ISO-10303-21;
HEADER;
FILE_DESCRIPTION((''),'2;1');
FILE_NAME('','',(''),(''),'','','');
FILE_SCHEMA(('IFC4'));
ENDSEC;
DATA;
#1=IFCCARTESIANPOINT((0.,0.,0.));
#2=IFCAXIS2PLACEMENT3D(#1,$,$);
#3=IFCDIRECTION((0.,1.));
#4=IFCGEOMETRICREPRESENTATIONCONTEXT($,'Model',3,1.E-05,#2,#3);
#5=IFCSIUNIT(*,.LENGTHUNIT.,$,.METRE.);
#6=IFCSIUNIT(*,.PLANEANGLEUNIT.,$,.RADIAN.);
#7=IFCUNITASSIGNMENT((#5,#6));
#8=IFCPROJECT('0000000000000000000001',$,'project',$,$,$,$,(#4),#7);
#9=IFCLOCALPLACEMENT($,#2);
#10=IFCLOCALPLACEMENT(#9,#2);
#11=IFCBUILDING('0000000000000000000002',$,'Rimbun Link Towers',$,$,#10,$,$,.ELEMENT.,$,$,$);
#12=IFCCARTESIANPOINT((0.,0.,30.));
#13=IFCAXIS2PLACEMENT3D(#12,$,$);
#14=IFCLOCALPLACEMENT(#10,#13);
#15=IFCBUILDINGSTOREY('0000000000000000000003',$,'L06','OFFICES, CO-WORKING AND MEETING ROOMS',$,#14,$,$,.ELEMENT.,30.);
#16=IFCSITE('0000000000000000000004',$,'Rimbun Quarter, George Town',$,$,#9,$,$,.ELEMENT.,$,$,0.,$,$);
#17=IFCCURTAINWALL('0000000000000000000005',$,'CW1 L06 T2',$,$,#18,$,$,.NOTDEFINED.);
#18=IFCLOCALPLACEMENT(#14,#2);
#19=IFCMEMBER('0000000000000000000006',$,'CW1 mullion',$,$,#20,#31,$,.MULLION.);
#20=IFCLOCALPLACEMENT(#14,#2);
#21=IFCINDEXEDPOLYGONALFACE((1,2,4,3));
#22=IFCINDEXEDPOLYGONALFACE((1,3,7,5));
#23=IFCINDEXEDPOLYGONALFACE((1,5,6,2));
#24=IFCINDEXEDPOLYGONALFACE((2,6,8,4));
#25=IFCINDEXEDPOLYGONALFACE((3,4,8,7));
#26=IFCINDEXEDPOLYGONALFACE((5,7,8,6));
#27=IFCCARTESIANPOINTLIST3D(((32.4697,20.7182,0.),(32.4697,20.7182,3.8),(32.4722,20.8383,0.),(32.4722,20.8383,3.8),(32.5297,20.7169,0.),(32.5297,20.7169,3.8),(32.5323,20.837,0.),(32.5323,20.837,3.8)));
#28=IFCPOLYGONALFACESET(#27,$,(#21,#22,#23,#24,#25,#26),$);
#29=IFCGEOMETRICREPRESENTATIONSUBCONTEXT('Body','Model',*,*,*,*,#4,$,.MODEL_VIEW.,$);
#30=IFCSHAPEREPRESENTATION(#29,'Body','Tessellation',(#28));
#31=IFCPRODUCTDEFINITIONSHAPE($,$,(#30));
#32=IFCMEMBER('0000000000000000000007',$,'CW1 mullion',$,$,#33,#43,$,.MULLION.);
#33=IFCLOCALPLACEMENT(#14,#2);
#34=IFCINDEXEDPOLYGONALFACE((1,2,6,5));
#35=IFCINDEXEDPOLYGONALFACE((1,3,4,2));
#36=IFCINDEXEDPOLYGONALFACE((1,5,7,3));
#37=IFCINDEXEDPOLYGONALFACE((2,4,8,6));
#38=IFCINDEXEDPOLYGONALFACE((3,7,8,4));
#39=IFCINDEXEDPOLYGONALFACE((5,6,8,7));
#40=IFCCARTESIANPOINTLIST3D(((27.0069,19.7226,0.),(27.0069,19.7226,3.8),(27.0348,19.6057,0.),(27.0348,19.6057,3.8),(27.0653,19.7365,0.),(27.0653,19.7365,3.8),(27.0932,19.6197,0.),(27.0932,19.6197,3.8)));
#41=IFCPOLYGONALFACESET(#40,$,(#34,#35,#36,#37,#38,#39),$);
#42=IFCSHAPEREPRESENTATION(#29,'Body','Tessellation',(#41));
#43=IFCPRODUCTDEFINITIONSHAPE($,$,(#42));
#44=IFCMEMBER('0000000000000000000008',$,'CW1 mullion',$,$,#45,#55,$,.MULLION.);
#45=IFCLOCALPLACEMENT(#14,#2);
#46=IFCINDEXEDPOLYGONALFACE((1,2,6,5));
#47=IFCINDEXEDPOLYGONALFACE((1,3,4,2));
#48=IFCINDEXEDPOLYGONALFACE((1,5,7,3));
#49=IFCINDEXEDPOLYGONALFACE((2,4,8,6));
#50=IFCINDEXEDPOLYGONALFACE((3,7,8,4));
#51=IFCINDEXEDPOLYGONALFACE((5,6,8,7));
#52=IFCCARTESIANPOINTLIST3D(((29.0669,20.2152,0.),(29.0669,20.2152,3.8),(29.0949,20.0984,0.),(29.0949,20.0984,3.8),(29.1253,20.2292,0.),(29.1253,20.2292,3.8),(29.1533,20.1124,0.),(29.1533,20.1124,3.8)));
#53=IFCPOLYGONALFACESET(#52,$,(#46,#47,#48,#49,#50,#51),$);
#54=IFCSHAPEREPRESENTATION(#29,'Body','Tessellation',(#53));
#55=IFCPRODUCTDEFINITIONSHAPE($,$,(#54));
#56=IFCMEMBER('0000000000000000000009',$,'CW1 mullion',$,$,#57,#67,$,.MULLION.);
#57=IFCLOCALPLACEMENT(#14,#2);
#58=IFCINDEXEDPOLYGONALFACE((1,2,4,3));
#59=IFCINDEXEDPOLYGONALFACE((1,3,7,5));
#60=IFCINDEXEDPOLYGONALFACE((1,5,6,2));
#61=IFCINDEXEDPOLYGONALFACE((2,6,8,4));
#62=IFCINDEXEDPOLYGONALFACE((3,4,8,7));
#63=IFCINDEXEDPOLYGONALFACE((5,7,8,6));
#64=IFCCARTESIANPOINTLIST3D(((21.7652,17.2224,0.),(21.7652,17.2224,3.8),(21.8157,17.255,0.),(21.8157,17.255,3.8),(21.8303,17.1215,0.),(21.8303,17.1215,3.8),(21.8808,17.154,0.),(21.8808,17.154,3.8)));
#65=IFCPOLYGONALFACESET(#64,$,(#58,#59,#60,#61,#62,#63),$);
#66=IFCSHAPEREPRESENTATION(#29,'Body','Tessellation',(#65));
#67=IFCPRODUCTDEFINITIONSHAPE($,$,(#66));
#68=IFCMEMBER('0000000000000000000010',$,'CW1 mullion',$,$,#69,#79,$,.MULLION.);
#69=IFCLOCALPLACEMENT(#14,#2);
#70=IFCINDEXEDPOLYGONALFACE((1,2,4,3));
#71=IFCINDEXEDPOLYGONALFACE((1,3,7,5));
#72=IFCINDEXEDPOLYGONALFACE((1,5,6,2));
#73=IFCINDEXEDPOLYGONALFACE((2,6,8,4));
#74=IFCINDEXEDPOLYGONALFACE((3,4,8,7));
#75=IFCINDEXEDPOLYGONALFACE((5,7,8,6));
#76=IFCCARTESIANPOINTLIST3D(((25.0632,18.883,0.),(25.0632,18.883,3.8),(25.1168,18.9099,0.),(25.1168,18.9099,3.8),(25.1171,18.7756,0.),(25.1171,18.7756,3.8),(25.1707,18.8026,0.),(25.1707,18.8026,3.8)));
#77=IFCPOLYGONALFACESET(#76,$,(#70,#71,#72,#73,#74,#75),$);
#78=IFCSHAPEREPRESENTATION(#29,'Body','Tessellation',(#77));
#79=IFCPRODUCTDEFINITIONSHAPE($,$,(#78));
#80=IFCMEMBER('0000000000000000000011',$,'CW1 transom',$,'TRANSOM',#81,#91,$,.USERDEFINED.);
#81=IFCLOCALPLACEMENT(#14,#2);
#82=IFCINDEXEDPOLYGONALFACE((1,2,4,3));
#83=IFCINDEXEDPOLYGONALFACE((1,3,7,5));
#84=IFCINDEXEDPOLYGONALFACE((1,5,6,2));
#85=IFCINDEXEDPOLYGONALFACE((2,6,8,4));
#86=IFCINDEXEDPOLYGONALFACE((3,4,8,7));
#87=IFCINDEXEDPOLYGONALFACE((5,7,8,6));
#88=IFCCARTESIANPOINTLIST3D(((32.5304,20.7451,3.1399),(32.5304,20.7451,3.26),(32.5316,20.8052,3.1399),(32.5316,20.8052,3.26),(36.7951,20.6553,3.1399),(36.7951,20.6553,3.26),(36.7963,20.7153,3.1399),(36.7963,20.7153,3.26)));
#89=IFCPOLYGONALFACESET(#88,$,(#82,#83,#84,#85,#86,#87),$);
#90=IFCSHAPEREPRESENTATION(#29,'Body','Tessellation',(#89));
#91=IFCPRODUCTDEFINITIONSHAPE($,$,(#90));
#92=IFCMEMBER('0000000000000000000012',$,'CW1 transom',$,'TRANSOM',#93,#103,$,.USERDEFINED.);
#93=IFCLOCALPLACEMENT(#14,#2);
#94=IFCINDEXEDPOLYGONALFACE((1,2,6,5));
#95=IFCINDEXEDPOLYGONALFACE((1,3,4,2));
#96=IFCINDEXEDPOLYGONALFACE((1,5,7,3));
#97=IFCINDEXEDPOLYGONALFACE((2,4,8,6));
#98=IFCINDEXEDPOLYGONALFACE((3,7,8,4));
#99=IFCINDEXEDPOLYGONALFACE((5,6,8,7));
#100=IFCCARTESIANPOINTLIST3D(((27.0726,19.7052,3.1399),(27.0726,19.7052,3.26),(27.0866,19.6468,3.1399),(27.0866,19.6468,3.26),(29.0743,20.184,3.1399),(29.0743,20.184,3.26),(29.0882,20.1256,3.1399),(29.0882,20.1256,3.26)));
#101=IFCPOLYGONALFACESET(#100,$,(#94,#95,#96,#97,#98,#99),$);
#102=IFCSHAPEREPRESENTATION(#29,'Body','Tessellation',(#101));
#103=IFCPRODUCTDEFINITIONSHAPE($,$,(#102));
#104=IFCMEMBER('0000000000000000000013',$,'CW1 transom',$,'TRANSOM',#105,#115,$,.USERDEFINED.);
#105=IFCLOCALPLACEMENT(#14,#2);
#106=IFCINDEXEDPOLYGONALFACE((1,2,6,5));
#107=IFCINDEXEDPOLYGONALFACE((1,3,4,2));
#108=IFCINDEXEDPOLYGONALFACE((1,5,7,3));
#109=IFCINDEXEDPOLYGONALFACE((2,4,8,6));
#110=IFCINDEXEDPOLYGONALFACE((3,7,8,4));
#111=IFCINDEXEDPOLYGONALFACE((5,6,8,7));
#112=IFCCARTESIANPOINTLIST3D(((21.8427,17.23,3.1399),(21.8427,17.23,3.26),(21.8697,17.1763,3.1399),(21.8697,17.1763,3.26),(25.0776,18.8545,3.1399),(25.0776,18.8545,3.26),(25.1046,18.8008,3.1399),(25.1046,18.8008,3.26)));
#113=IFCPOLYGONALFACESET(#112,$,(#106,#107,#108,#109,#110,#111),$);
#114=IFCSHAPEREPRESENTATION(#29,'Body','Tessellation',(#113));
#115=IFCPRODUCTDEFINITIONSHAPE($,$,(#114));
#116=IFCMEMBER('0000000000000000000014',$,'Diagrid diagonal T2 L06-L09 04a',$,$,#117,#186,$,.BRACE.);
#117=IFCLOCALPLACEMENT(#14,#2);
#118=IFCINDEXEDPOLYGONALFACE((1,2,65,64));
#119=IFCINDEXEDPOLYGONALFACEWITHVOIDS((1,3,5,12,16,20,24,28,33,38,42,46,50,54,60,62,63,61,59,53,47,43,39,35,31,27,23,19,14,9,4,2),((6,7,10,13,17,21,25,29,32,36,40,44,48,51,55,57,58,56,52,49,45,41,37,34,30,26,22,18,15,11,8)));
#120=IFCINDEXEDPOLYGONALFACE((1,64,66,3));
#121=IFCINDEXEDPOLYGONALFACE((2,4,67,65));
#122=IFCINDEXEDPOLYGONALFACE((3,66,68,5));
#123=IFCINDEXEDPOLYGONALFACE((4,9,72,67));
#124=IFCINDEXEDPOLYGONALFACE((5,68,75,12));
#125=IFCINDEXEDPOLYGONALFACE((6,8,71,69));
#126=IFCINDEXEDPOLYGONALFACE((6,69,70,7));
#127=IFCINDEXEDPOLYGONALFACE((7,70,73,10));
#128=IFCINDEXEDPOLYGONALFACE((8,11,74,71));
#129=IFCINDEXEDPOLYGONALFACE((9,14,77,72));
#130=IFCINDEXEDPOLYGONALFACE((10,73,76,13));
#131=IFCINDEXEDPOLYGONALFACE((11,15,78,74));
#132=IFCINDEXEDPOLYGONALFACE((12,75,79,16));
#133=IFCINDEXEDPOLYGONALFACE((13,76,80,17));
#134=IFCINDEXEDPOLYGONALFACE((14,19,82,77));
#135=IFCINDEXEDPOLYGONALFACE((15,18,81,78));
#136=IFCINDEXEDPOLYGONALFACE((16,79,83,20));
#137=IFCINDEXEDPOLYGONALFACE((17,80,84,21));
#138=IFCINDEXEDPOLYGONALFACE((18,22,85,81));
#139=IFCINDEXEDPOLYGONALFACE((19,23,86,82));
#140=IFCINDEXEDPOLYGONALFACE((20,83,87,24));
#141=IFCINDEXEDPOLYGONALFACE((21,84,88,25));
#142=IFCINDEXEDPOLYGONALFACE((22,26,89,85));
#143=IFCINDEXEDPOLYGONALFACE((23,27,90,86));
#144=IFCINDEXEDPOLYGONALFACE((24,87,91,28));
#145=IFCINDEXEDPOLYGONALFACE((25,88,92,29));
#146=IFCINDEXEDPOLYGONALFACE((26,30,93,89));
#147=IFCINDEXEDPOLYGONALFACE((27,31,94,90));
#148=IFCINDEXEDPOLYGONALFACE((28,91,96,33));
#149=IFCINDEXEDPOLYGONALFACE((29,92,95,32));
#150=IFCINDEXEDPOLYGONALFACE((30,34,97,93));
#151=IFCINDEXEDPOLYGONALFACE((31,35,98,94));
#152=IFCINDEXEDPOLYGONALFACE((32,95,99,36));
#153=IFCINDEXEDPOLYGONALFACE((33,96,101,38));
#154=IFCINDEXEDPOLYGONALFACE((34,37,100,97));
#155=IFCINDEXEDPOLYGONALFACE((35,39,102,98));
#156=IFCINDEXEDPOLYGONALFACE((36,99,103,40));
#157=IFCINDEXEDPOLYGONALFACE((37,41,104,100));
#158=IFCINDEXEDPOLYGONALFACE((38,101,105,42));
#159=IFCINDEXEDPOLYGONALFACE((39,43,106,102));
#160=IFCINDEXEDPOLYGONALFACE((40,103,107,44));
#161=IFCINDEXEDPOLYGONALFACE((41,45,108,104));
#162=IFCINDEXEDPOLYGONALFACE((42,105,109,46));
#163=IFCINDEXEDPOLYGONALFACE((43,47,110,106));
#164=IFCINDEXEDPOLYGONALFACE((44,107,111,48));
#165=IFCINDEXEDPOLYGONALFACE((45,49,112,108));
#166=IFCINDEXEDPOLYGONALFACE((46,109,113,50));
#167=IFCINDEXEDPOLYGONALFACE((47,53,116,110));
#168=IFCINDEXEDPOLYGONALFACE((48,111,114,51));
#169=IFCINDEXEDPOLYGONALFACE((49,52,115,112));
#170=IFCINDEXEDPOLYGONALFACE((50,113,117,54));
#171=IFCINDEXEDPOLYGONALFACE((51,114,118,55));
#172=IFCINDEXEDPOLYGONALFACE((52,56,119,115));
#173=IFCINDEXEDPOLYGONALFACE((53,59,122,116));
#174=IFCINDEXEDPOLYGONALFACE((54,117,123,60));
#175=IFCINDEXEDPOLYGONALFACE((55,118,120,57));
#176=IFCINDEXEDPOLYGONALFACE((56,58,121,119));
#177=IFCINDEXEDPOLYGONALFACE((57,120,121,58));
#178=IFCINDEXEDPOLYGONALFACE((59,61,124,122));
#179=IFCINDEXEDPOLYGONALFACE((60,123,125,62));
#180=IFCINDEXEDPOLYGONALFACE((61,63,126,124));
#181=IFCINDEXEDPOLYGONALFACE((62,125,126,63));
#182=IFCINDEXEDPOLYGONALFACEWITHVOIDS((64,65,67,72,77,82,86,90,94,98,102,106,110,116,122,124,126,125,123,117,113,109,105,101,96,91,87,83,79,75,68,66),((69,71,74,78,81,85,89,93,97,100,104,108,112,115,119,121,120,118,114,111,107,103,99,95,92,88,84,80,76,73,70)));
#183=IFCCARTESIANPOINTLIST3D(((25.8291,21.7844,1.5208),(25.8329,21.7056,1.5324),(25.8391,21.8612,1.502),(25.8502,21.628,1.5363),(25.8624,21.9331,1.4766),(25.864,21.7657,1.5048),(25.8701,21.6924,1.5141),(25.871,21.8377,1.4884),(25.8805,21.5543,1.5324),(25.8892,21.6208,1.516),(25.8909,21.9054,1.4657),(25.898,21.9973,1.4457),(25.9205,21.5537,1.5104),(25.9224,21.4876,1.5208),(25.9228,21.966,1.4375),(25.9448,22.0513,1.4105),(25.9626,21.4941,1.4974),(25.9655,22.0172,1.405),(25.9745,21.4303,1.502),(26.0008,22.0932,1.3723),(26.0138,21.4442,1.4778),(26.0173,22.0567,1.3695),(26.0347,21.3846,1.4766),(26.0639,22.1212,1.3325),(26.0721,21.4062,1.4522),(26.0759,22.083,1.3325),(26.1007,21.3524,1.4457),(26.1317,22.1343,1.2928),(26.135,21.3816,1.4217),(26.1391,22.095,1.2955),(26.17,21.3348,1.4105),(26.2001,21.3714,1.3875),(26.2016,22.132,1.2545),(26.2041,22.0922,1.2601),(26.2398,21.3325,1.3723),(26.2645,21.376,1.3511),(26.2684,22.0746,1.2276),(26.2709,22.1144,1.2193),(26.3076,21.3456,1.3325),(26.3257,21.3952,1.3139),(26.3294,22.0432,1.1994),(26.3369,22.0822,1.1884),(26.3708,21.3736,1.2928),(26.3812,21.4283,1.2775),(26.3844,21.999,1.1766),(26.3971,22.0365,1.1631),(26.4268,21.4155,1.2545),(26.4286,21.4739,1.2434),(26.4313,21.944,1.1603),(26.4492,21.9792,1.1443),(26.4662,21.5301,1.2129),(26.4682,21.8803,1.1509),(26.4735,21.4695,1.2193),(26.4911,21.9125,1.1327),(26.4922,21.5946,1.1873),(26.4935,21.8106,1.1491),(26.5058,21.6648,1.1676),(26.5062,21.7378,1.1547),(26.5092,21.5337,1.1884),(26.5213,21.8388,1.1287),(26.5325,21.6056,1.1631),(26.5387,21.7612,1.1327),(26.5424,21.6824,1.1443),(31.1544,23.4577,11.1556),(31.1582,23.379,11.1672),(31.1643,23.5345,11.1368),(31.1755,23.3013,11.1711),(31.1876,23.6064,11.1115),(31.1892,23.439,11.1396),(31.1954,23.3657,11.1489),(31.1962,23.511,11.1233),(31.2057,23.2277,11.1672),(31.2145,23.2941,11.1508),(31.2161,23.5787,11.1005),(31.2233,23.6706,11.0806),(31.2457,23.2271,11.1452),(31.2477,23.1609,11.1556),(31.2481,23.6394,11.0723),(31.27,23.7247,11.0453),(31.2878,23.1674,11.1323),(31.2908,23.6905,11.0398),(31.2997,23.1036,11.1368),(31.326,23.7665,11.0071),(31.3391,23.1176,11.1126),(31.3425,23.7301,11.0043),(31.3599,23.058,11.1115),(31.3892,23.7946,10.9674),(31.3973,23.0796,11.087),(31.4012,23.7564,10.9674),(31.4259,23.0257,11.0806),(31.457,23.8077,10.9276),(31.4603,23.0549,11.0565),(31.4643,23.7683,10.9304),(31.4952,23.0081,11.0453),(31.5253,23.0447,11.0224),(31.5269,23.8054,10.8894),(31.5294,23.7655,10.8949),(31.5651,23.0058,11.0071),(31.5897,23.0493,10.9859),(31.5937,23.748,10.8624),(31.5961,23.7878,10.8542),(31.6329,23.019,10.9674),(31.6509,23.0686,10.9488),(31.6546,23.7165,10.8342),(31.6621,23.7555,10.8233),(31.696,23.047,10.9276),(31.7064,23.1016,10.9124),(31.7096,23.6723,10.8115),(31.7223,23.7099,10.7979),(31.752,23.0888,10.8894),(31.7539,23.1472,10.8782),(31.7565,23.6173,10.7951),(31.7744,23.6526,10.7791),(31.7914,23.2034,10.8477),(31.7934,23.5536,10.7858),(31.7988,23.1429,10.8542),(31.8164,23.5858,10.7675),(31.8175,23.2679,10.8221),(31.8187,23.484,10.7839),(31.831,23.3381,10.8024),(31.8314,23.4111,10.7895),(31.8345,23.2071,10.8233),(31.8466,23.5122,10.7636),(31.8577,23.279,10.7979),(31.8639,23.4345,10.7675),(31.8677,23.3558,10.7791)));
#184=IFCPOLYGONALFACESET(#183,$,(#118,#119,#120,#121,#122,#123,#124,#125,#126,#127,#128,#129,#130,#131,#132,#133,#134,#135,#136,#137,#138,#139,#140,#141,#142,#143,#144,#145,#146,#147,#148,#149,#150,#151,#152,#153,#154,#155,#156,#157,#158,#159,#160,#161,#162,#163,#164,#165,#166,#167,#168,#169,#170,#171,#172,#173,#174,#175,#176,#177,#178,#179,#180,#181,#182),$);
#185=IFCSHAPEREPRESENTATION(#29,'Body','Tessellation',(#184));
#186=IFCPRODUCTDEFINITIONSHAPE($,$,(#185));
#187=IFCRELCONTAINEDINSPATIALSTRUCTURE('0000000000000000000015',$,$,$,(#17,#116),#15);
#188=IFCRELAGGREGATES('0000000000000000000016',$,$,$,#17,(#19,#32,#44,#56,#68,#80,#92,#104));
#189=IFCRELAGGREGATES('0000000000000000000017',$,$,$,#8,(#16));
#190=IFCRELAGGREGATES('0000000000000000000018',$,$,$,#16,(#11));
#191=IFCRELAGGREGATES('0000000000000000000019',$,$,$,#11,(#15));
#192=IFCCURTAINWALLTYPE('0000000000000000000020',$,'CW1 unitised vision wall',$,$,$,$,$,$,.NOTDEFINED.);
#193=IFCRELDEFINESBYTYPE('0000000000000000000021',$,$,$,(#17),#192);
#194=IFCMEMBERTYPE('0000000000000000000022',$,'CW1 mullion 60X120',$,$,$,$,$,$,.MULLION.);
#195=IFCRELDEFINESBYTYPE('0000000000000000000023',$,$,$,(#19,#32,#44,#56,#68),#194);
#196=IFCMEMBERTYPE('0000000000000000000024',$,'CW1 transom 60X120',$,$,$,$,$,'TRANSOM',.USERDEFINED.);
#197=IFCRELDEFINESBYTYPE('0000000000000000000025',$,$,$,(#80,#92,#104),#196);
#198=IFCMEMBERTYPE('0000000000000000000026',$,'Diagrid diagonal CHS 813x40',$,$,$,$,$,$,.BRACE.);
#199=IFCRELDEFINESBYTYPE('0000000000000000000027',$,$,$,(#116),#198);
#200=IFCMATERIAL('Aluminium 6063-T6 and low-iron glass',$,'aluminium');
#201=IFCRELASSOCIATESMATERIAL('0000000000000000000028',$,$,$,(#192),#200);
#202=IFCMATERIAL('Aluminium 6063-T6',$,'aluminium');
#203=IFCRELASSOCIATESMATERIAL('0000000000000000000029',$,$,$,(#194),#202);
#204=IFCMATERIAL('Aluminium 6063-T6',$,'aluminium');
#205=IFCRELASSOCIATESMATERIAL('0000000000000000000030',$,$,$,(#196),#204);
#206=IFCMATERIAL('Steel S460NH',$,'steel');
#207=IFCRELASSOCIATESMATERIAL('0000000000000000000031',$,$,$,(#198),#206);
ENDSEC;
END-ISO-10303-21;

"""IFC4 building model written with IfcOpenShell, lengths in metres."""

from ifc_helpers import new_model, si_unit, direction, frame, origin, origin_2d, place, context, subcontext, project, spatial, rectangle, hollow_circle, extrude, material, material_profile, profile_set, type_object, element, aggregate, save


model = new_model("IFC4")

# Units and contexts
model_context = context("Model", 3, precision=1e-05, world=origin(), true_north=direction((0.0, 1.0)))
body_context = subcontext(model_context, "Body", "Model", "MODEL_VIEW")
ifc_project = project(units=[si_unit("LENGTHUNIT", "METRE"), si_unit("PLANEANGLEUNIT", "RADIAN")], contexts=[model_context])

# Site, building, storey
site_placement = place(None, origin())
site = spatial("IfcSite", under=ifc_project, at=site_placement, Name="Rimbun Quarter, George Town", CompositionType="ELEMENT", RefElevation=0.0)
building_placement = place(site_placement, origin())
building = spatial("IfcBuilding", under=site, at=building_placement, Name="Rimbun Link Towers", CompositionType="ELEMENT")
storey_placement = place(building_placement, frame((0.0, 0.0, 30.0)))
storey = spatial("IfcBuildingStorey", under=building, at=storey_placement, Name="L06", Description="OFFICES, CO-WORKING AND MEETING ROOMS", CompositionType="ELEMENT", Elevation=30.0)

# Curtain wall, members
ifc_material_1 = material(Name="Aluminium 6063-T6 and low-iron glass", Category="aluminium")
curtain_wall_type = type_object("IfcCurtainWallType", Name="CW1 unitised vision wall", PredefinedType="NOTDEFINED", material=ifc_material_1)
curtain_wall_placement = place(storey_placement, origin())
curtain_wall = element("IfcCurtainWall", 1, at=curtain_wall_placement, inside=storey, type_object=curtain_wall_type, Name="CW1 L06 T2", PredefinedType="NOTDEFINED")
ifc_material_2 = material(Name="Aluminium 6063-T6", Category="aluminium")
ifc_material_profile_1 = material_profile(ifc_material_2, rectangle(XDim=0.1201, YDim=0.0601, at=origin_2d()), Name="MULLION 60X120")
ifc_profile_set_1 = profile_set([ifc_material_profile_1], Name="Aluminium 6063-T6")
member_type_1 = type_object("IfcMemberType", Name="CW1 mullion 60X120", PredefinedType="MULLION", material=ifc_profile_set_1)
member_1_placement = place(storey_placement, frame((32.501, 20.7776, 0.0), z_axis=(0.0, 0.0, 1.0), x_axis=(0.021066, 0.999778, 0.0)))
member_1 = element("IfcMember", 2, at=member_1_placement, type_object=member_type_1, Name="CW1 mullion", PredefinedType="MULLION", context=body_context, shape_type="SweptSolid", body=[
    extrude(rectangle(XDim=0.1201, YDim=0.0601, at=origin_2d()), origin(), (0.0, 0.0, 1.0), 3.8),
])
member_2_placement = place(storey_placement, frame((27.05, 19.6711, 0.0), z_axis=(0.0, 0.0, 1.0), x_axis=(-0.232613, 0.972569, 0.0)))
member_2 = element("IfcMember", 3, at=member_2_placement, type_object=member_type_1, Name="CW1 mullion", PredefinedType="MULLION", context=body_context, shape_type="SweptSolid", body=[
    extrude(rectangle(XDim=0.1201, YDim=0.0601, at=origin_2d()), origin(), (0.0, 0.0, 1.0), 3.8),
])
member_3_placement = place(storey_placement, frame((29.1101, 20.1638, 0.0), z_axis=(0.0, 0.0, 1.0), x_axis=(-0.232613, 0.972569, 0.0)))
member_3 = element("IfcMember", 4, at=member_3_placement, type_object=member_type_1, Name="CW1 mullion", PredefinedType="MULLION", context=body_context, shape_type="SweptSolid", body=[
    extrude(rectangle(XDim=0.1201, YDim=0.0601, at=origin_2d()), origin(), (0.0, 0.0, 1.0), 3.8),
])
member_4_placement = place(storey_placement, frame((21.823, 17.1882, 0.0), z_axis=(0.0, 0.0, 1.0), x_axis=(-0.542093, 0.840318, 0.0)))
member_4 = element("IfcMember", 5, at=member_4_placement, type_object=member_type_1, Name="CW1 mullion", PredefinedType="MULLION", context=body_context, shape_type="SweptSolid", body=[
    extrude(rectangle(XDim=0.1201, YDim=0.0601, at=origin_2d()), origin(), (0.0, 0.0, 1.0), 3.8),
])
member_5_placement = place(storey_placement, frame((25.1169, 18.8428, 0.0), z_axis=(0.0, 0.0, 1.0), x_axis=(-0.448773, 0.893646, 0.0)))
member_5 = element("IfcMember", 6, at=member_5_placement, type_object=member_type_1, Name="CW1 mullion", PredefinedType="MULLION", context=body_context, shape_type="SweptSolid", body=[
    extrude(rectangle(XDim=0.1201, YDim=0.0601, at=origin_2d()), origin(), (0.0, 0.0, 1.0), 3.8),
])
ifc_material_3 = material(Name="Aluminium 6063-T6", Category="aluminium")
ifc_material_profile_2 = material_profile(ifc_material_3, rectangle(XDim=0.0601, YDim=0.1201, at=origin_2d()), Name="TRANSOM 60X120")
ifc_profile_set_2 = profile_set([ifc_material_profile_2], Name="Aluminium 6063-T6")
member_type_2 = type_object("IfcMemberType", Name="CW1 transom 60X120", ElementType="TRANSOM", PredefinedType="USERDEFINED", material=ifc_profile_set_2)
member_6_placement = place(storey_placement, frame((32.531, 20.7751, 3.2), z_axis=(0.999778, -0.021062, 0.0), x_axis=(0.021062, 0.999778, 0.0)))
member_6 = element("IfcMember", 7, at=member_6_placement, type_object=member_type_2, Name="CW1 transom", ObjectType="TRANSOM", PredefinedType="USERDEFINED", context=body_context, shape_type="SweptSolid", body=[
    extrude(rectangle(XDim=0.0601, YDim=0.1201, at=origin_2d()), origin(), (0.0, 0.0, 1.0), 4.2656),
])
member_7_placement = place(storey_placement, frame((27.0796, 19.676, 3.2), z_axis=(0.972569, 0.232615, 0.0), x_axis=(-0.232615, 0.972569, 0.0)))
member_7 = element("IfcMember", 8, at=member_7_placement, type_object=member_type_2, Name="CW1 transom", ObjectType="TRANSOM", PredefinedType="USERDEFINED", context=body_context, shape_type="SweptSolid", body=[
    extrude(rectangle(XDim=0.0601, YDim=0.1201, at=origin_2d()), origin(), (0.0, 0.0, 1.0), 2.0581),
])
member_8_placement = place(storey_placement, frame((21.8562, 17.2031, 3.2), z_axis=(0.893643, 0.448778, 0.0), x_axis=(-0.448778, 0.893643, 0.0)))
member_8 = element("IfcMember", 9, at=member_8_placement, type_object=member_type_2, Name="CW1 transom", ObjectType="TRANSOM", PredefinedType="USERDEFINED", context=body_context, shape_type="SweptSolid", body=[
    extrude(rectangle(XDim=0.0601, YDim=0.1201, at=origin_2d()), origin(), (0.0, 0.0, 1.0), 3.6199),
])

# Member
ifc_material_4 = material(Name="Steel S460NH", Category="steel")
ifc_material_profile_3 = material_profile(ifc_material_4, hollow_circle(Radius=0.4065, WallThickness=0.04, at=origin_2d()), Name="Diagrid diagonal CHS 813x40")
ifc_profile_set_3 = profile_set([ifc_material_profile_3], Name="Steel S460NH")
member_type_3 = type_object("IfcMemberType", Name="Diagrid diagonal CHS 813x40", PredefinedType="BRACE", material=ifc_profile_set_3)
member_9_placement = place(storey_placement, frame((26.1858, 21.7334, 1.3325), z_axis=(0.478243, 0.150279, 0.865275), x_axis=(-0.299779, 0.954009, 0.0)))
element("IfcMember", 10, at=member_9_placement, inside=storey, type_object=member_type_3, Name="Diagrid diagonal T2 L06-L09 04a", PredefinedType="BRACE", context=body_context, shape_type="SweptSolid", body=[
    extrude(hollow_circle(Radius=0.4065, WallThickness=0.04, at=origin_2d()), origin(), (0.0, 0.0, 1.0), 11.135),
])

aggregate(curtain_wall, [member_1, member_2, member_3, member_4, member_5, member_6, member_7, member_8])

save(model, "model.ifc")
